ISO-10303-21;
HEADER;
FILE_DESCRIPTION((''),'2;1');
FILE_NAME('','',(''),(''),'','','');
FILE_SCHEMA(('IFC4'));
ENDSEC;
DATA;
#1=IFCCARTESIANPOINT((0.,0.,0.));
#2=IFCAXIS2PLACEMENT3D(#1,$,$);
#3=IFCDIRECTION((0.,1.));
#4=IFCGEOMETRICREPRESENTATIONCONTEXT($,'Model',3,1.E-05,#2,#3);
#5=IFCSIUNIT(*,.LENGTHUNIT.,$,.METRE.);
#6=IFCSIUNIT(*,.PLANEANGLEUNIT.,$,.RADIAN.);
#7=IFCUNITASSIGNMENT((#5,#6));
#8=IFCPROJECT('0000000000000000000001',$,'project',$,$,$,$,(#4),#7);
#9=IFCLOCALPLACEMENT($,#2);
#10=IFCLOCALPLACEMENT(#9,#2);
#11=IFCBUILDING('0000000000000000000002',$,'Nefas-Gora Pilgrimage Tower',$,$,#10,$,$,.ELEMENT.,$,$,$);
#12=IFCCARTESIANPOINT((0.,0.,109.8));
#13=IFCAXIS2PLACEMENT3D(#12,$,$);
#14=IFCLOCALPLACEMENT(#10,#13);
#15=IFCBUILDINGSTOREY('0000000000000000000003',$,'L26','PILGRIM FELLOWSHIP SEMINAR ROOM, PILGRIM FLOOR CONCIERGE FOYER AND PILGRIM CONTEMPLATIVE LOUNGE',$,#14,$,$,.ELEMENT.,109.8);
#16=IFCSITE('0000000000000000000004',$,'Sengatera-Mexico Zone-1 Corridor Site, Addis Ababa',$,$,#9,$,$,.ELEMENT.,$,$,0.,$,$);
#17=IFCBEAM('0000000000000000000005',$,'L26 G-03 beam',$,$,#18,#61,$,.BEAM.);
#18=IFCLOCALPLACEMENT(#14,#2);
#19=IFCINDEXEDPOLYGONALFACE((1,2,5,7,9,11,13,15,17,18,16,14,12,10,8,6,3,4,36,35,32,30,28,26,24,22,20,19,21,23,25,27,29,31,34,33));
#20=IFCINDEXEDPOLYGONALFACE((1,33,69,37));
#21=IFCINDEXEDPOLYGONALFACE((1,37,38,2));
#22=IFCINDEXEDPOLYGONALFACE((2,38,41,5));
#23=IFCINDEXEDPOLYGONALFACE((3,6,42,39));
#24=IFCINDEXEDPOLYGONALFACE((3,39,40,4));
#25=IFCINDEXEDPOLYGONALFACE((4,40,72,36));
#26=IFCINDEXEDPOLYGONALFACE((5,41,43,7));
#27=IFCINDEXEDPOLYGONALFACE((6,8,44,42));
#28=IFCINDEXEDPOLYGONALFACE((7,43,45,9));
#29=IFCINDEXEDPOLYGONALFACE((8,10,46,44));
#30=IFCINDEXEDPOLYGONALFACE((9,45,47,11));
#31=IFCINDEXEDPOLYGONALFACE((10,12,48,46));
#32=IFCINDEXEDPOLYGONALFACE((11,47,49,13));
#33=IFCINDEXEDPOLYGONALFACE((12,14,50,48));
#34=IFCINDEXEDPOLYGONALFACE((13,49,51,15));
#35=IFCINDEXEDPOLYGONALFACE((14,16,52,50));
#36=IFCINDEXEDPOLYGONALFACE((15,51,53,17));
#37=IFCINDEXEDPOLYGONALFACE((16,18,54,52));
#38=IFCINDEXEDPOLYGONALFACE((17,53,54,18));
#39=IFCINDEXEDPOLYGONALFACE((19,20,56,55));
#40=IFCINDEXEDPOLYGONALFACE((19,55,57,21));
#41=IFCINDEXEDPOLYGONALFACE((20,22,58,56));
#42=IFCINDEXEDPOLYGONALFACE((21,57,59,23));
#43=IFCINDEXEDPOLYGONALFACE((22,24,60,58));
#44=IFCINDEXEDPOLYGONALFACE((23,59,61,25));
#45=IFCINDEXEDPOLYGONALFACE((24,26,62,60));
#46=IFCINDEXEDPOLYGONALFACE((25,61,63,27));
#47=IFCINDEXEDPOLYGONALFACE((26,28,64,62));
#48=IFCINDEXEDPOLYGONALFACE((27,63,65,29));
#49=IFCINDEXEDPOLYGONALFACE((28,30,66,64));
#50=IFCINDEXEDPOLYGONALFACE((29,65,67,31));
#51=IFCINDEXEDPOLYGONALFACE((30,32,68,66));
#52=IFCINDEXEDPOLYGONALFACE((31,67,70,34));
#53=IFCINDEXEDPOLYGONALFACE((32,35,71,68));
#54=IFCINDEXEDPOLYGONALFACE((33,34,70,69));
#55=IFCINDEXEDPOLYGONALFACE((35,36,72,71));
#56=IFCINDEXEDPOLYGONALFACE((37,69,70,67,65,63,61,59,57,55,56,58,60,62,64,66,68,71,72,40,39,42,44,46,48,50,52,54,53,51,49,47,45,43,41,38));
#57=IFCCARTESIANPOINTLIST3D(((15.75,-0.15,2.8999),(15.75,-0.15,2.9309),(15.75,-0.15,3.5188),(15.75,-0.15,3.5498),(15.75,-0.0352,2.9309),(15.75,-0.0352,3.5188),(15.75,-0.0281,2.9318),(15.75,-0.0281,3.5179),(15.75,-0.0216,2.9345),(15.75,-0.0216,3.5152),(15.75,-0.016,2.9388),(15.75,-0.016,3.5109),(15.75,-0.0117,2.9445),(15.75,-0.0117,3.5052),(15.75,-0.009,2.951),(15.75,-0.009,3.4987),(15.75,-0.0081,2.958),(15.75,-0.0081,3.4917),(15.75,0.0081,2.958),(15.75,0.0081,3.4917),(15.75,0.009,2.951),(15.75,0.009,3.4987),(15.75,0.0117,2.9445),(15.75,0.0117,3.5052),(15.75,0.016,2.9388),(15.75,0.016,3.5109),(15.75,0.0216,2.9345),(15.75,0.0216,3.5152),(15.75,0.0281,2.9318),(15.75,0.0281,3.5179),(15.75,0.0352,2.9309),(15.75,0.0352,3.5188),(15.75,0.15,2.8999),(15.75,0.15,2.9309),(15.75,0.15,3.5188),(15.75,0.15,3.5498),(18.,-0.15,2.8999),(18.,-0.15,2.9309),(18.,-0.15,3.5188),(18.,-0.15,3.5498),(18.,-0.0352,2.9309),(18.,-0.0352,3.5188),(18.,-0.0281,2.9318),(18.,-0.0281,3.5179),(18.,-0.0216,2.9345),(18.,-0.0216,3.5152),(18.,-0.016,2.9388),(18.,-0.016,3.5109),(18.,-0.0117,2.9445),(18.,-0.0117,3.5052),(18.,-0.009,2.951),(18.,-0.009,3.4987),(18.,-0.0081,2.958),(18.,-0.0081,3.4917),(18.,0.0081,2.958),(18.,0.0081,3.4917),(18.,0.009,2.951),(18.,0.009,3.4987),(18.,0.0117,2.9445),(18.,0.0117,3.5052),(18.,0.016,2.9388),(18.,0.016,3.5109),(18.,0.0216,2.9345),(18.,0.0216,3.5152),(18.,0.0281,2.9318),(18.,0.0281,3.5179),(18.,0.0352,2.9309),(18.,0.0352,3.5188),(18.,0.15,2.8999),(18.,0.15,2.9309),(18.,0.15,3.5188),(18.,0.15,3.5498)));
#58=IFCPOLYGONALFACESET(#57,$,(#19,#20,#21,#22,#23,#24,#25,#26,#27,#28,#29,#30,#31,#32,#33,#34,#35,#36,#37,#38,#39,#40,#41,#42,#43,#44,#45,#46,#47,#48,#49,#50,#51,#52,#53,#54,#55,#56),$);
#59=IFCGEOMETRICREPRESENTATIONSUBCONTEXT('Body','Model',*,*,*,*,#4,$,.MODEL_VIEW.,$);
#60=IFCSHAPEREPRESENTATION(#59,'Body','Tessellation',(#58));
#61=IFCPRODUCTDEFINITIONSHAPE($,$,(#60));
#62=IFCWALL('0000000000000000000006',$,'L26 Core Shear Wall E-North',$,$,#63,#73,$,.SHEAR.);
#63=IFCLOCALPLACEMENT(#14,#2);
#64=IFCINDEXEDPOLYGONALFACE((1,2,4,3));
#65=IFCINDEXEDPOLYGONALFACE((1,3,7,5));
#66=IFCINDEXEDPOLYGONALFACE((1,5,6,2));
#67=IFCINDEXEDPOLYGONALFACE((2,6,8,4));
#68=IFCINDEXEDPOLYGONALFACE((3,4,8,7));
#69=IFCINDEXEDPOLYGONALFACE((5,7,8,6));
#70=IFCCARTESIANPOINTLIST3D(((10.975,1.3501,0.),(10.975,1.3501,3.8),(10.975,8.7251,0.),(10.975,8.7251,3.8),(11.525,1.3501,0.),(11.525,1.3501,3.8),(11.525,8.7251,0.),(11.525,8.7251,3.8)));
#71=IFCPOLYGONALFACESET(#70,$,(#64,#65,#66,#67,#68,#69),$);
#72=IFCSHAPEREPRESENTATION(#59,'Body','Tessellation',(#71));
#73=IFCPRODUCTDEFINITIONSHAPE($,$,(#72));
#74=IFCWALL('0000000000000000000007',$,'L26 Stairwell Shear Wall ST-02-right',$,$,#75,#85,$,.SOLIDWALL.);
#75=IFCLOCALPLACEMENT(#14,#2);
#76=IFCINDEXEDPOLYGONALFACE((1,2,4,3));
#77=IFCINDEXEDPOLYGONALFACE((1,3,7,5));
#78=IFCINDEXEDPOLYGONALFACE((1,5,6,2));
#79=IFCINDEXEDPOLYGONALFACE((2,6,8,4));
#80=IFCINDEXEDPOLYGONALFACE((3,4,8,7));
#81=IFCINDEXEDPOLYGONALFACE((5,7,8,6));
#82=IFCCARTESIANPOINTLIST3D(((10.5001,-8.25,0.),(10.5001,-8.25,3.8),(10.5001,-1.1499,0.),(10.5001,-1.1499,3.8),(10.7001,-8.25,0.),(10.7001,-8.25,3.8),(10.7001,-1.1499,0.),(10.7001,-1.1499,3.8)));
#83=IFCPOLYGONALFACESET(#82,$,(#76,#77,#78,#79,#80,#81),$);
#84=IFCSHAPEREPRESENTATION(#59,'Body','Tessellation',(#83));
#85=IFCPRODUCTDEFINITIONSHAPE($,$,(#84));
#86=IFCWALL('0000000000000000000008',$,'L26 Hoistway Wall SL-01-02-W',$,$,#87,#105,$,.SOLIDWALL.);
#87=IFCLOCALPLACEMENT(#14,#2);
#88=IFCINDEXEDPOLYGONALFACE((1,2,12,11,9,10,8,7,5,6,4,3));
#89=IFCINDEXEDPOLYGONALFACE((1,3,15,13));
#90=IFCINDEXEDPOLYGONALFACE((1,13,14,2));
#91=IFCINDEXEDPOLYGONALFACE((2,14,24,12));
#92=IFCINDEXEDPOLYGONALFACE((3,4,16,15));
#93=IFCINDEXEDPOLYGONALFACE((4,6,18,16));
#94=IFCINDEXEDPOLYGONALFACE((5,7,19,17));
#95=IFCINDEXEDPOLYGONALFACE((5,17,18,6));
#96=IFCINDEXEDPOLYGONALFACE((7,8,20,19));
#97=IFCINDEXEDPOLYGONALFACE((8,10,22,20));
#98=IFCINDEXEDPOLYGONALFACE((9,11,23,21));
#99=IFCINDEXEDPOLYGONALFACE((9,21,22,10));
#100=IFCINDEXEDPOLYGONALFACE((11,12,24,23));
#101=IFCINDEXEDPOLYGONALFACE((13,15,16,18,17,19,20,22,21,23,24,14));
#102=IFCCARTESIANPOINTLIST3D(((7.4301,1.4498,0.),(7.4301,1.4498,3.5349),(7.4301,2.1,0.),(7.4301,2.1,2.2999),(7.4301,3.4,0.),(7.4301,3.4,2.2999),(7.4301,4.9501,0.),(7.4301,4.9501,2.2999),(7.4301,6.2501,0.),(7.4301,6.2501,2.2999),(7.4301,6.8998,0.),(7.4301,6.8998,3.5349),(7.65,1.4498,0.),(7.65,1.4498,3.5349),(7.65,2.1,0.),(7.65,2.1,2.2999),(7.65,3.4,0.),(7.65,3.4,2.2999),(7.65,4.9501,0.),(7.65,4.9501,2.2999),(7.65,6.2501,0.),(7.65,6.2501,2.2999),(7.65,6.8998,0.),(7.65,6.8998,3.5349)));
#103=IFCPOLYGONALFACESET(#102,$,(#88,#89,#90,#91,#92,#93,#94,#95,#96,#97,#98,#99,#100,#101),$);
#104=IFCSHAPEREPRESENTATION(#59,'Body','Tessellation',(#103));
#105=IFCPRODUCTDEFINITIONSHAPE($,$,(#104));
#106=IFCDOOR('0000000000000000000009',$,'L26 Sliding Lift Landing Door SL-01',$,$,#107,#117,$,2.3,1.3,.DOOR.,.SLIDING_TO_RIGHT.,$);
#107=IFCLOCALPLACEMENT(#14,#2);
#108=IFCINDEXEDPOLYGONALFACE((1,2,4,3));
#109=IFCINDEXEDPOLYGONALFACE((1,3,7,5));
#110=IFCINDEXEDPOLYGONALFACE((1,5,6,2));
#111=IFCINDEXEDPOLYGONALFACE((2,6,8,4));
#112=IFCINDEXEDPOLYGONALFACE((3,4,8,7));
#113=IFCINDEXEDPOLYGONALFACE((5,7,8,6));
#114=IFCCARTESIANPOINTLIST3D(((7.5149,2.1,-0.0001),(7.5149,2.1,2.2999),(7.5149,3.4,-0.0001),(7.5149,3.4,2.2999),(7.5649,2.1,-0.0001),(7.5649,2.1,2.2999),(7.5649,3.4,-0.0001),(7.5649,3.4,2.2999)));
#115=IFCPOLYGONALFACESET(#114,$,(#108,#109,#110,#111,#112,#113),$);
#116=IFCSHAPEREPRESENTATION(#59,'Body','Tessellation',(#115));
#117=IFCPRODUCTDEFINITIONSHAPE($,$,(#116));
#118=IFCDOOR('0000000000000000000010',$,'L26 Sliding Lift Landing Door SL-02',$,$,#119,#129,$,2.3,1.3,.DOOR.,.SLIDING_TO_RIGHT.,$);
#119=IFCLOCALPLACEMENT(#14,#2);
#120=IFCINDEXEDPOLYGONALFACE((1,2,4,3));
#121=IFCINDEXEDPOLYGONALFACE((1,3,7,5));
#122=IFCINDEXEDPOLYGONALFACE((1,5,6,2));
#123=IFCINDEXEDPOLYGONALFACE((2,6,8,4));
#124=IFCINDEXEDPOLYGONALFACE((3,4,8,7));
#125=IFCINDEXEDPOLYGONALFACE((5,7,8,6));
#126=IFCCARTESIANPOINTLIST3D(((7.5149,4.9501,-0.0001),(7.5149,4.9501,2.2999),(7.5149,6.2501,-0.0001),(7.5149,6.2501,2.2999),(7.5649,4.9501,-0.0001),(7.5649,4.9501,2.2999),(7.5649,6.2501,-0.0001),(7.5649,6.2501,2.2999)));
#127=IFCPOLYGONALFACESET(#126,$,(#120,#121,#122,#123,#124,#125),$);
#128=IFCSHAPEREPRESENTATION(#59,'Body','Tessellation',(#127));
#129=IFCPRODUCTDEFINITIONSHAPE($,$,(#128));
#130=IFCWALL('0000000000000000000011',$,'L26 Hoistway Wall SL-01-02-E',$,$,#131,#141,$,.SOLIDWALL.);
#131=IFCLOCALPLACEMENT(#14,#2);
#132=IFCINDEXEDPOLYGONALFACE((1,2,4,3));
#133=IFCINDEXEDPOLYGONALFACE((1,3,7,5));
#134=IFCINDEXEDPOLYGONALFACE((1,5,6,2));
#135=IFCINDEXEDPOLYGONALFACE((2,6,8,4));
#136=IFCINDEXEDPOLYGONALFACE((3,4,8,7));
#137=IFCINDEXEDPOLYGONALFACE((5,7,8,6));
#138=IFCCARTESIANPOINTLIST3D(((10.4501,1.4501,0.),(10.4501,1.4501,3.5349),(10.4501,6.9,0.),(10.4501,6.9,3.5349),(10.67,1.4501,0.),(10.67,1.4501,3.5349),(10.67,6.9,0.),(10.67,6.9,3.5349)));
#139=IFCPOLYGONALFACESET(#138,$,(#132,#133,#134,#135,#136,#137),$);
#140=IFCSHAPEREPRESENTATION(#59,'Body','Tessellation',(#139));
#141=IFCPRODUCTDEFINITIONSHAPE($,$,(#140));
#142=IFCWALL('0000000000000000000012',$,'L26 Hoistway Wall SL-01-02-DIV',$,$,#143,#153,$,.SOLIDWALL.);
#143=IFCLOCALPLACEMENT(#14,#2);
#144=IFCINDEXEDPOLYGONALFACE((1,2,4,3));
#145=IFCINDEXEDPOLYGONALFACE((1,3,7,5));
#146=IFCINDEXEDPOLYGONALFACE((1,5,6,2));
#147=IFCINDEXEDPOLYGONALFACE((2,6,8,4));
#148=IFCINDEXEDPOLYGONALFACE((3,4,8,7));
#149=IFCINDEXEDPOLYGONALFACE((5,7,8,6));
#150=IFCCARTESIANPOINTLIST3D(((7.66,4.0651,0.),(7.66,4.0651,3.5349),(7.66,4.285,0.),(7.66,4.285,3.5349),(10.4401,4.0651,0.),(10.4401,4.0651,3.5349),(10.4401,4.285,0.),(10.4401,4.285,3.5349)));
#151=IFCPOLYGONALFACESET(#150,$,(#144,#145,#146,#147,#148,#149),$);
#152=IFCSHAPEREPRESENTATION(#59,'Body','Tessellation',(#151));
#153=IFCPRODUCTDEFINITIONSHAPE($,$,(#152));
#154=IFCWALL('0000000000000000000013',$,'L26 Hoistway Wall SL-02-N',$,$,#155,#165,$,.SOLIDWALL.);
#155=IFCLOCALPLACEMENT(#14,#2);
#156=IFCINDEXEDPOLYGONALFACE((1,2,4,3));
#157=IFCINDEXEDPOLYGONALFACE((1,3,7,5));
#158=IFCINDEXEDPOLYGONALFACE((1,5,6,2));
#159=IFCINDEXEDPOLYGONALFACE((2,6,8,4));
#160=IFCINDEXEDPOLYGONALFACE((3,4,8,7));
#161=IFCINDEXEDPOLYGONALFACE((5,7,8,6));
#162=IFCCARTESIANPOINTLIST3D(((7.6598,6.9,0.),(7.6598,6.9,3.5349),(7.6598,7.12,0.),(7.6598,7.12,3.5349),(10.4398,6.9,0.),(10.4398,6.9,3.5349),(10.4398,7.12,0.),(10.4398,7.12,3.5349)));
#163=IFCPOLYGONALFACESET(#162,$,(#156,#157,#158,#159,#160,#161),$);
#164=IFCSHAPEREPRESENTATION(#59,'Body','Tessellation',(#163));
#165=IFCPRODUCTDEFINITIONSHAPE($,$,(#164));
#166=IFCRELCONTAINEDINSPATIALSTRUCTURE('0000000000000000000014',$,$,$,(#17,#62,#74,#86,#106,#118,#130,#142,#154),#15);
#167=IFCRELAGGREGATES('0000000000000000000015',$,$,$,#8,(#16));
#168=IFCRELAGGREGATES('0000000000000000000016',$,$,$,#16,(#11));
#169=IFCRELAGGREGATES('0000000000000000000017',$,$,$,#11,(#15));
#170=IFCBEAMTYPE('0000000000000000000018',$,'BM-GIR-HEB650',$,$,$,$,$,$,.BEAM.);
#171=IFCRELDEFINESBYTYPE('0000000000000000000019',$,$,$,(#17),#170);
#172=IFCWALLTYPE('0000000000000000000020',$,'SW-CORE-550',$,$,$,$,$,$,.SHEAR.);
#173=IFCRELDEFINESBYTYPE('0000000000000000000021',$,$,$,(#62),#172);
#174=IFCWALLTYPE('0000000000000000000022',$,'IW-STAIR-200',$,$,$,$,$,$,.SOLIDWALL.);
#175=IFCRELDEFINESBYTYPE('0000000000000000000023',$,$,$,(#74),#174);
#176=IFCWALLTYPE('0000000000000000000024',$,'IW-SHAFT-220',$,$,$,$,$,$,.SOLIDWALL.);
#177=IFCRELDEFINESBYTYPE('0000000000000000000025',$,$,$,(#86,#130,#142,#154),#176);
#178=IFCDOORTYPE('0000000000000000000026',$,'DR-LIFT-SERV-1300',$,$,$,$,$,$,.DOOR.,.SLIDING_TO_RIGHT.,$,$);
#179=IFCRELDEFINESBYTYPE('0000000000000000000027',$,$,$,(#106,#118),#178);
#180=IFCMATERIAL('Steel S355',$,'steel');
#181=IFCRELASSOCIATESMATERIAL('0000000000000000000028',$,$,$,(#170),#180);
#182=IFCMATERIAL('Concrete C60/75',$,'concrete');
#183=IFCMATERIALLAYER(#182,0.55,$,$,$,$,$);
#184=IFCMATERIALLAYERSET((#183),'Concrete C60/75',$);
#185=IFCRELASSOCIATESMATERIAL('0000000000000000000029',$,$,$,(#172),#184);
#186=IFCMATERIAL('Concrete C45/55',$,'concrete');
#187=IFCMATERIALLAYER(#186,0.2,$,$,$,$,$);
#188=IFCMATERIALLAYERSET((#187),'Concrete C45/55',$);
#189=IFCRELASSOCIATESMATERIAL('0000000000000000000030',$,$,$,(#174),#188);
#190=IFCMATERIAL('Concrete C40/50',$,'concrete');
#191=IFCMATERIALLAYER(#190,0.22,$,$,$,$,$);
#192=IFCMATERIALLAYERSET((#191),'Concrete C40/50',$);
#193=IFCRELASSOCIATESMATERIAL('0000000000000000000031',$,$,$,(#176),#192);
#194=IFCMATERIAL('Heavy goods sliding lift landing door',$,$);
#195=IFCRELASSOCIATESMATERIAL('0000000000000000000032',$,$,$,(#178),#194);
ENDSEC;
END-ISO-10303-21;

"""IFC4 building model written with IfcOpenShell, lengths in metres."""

from ifc_helpers import new_model, si_unit, direction, frame, frame_2d, origin, origin_2d, place, context, subcontext, project, spatial, rectangle, i_section, extrude, source, transform, mapped, material, layer, layer_set, material_profile, profile_set, type_object, element, fill, save


model = new_model("IFC4")

# Units and contexts
model_context = context("Model", 3, precision=1e-05, world=origin(), true_north=direction((0.0, 1.0)))
body_context = subcontext(model_context, "Body", "Model", "MODEL_VIEW")
ifc_project = project(units=[si_unit("LENGTHUNIT", "METRE"), si_unit("PLANEANGLEUNIT", "RADIAN")], contexts=[model_context])

# Site, building, storey
site_placement = place(None, origin())
site = spatial("IfcSite", under=ifc_project, at=site_placement, Name="Sengatera-Mexico Zone-1 Corridor Site, Addis Ababa", CompositionType="ELEMENT", RefElevation=0.0)
building_placement = place(site_placement, origin())
building = spatial("IfcBuilding", under=site, at=building_placement, Name="Nefas-Gora Pilgrimage Tower", CompositionType="ELEMENT")
storey_placement = place(building_placement, frame((0.0, 0.0, 109.8)))
storey = spatial("IfcBuildingStorey", under=building, at=storey_placement, Name="L26", Description="PILGRIM FELLOWSHIP SEMINAR ROOM, PILGRIM FLOOR CONCIERGE FOYER AND PILGRIM CONTEMPLATIVE LOUNGE", CompositionType="ELEMENT", Elevation=109.8)

# Beam
ifc_material_1 = material(Name="Steel S355", Category="steel")
ifc_material_profile_1 = material_profile(ifc_material_1, i_section(OverallWidth=0.3, OverallDepth=0.6499, WebThickness=0.0161, FlangeThickness=0.031, FilletRadius=0.0271, at=origin_2d()), Name="HEB 650")
ifc_profile_set_1 = profile_set([ifc_material_profile_1], Name="Steel S355")
beam_type = type_object("IfcBeamType", Name="BM-GIR-HEB650", PredefinedType="BEAM", material=ifc_profile_set_1)
shared_shape_1 = source(origin(), body_context, "Body", "SweptSolid", [
    extrude(i_section(OverallWidth=0.3, OverallDepth=0.6499, WebThickness=0.0161, FlangeThickness=0.031, FilletRadius=0.0271, at=origin_2d()), origin(), (0.0, 0.0, 1.0), 2.25),
])
beam_placement = place(storey_placement, frame((15.75, 0.0, 3.2249), z_axis=(1.0, 0.0, 0.0), x_axis=(0.0, 1.0, 0.0)))
element("IfcBeam", 1, at=beam_placement, inside=storey, type_object=beam_type, Name="L26 G-03 beam", PredefinedType="BEAM", context=body_context, shape_type="MappedRepresentation", body=[
    mapped(shared_shape_1, transform((0.0, 0.0, 0.0), x_axis=(1.0, 0.0, 0.0), y_axis=(0.0, 1.0, 0.0), z_axis=(0.0, 0.0, 1.0), scale=1.0)),
])

# Walls
ifc_material_2 = material(Name="Concrete C60/75", Category="concrete")
ifc_layer_1 = layer(ifc_material_2, 0.55)
ifc_layer_set_1 = layer_set([ifc_layer_1], Name="Concrete C60/75")
wall_type_1 = type_object("IfcWallType", Name="SW-CORE-550", PredefinedType="SHEAR", material=ifc_layer_set_1)
shared_shape_2 = source(origin(), body_context, "Body", "SweptSolid", [
    extrude(rectangle(XDim=7.375, YDim=0.55, at=frame_2d((3.6875, 0.0))), origin(), (0.0, 0.0, 1.0), 3.8),
])
wall_1_placement = place(storey_placement, frame((11.25, 1.3501, 0.0), z_axis=(0.0, 0.0, 1.0), x_axis=(0.0, 1.0, 0.0)))
element("IfcWall", 2, at=wall_1_placement, inside=storey, type_object=wall_type_1, Name="L26 Core Shear Wall E-North", PredefinedType="SHEAR", context=body_context, shape_type="MappedRepresentation", body=[
    mapped(shared_shape_2, transform((0.0, 0.0, 0.0), x_axis=(1.0, 0.0, 0.0), y_axis=(0.0, 1.0, 0.0), z_axis=(0.0, 0.0, 1.0), scale=1.0)),
])
ifc_material_3 = material(Name="Concrete C45/55", Category="concrete")
ifc_layer_2 = layer(ifc_material_3, 0.2)
ifc_layer_set_2 = layer_set([ifc_layer_2], Name="Concrete C45/55")
wall_type_2 = type_object("IfcWallType", Name="IW-STAIR-200", PredefinedType="SOLIDWALL", material=ifc_layer_set_2)
shared_shape_3 = source(origin(), body_context, "Body", "SweptSolid", [
    extrude(rectangle(XDim=7.1001, YDim=0.2, at=frame_2d((3.55, 0.0))), origin(), (0.0, 0.0, 1.0), 3.8),
])
wall_2_placement = place(storey_placement, frame((10.6001, -1.1499, 0.0), z_axis=(0.0, 0.0, 1.0), x_axis=(0.0, -1.0, 0.0)))
element("IfcWall", 3, at=wall_2_placement, inside=storey, type_object=wall_type_2, Name="L26 Stairwell Shear Wall ST-02-right", PredefinedType="SOLIDWALL", context=body_context, shape_type="MappedRepresentation", body=[
    mapped(shared_shape_3, transform((0.0, 0.0, 0.0), x_axis=(1.0, 0.0, 0.0), y_axis=(0.0, 1.0, 0.0), z_axis=(0.0, 0.0, 1.0), scale=1.0)),
])

# Wall, openings, doors
ifc_material_4 = material(Name="Concrete C40/50", Category="concrete")
ifc_layer_3 = layer(ifc_material_4, 0.22)
ifc_layer_set_3 = layer_set([ifc_layer_3], Name="Concrete C40/50")
wall_type_3 = type_object("IfcWallType", Name="IW-SHAFT-220", PredefinedType="SOLIDWALL", material=ifc_layer_set_3)
shared_shape_4 = source(origin(), body_context, "Body", "SweptSolid", [
    extrude(rectangle(XDim=5.45, YDim=0.22, at=frame_2d((2.7251, 0.0))), origin(), (0.0, 0.0, 1.0), 3.5349),
])
wall_3_placement = place(storey_placement, frame((7.54, 6.8999, 0.0), z_axis=(0.0, 0.0, 1.0), x_axis=(0.0, -1.0, 0.0)))
wall_3 = element("IfcWall", 4, at=wall_3_placement, inside=storey, type_object=wall_type_3, Name="L26 Hoistway Wall SL-01-02-W", PredefinedType="SOLIDWALL", context=body_context, shape_type="MappedRepresentation", body=[
    mapped(shared_shape_4, transform((0.0, 0.0, 0.0), x_axis=(1.0, 0.0, 0.0), y_axis=(0.0, 1.0, 0.0), z_axis=(0.0, 0.0, 1.0), scale=1.0)),
])
opening_1_placement = place(wall_3_placement, frame((3.5, 0.0, 0.0)))
opening_1 = element("IfcOpeningElement", 5, at=opening_1_placement, cuts=wall_3, PredefinedType="OPENING", context=body_context, shape_type="SweptSolid", body=[
    extrude(rectangle(XDim=1.3, YDim=2.3, at=frame_2d((0.6499, 1.1499))), frame((0.0, 0.1199, 0.0), z_axis=(0.0, -1.0, 0.0), x_axis=(1.0, 0.0, 0.0)), (0.0, 0.0, 1.0), 0.24),
])
opening_2_placement = place(wall_3_placement, frame((0.6499, 0.0, 0.0)))
opening_2 = element("IfcOpeningElement", 6, at=opening_2_placement, cuts=wall_3, PredefinedType="OPENING", context=body_context, shape_type="SweptSolid", body=[
    extrude(rectangle(XDim=1.3, YDim=2.3, at=frame_2d((0.6499, 1.1499))), frame((0.0, 0.1199, 0.0), z_axis=(0.0, -1.0, 0.0), x_axis=(1.0, 0.0, 0.0)), (0.0, 0.0, 1.0), 0.24),
])
ifc_material_5 = material(Name="Heavy goods sliding lift landing door")
door_type_1 = type_object("IfcDoorType", Name="DR-LIFT-SERV-1300", OperationType="SLIDING_TO_RIGHT", PredefinedType="DOOR", material=ifc_material_5)
shared_shape_5 = source(origin(), body_context, "Body", "SweptSolid", [
    extrude(rectangle(XDim=1.3, YDim=2.3, at=frame_2d((0.6499, 1.1499))), frame((0.0, 0.0249, 0.0), z_axis=(0.0, -1.0, 0.0), x_axis=(1.0, 0.0, 0.0)), (0.0, 0.0, 1.0), 0.05),
])
door_1_placement = place(opening_1_placement, origin())
door_1 = element("IfcDoor", 7, at=door_1_placement, inside=storey, type_object=door_type_1, Name="L26 Sliding Lift Landing Door SL-01", OperationType="SLIDING_TO_RIGHT", OverallHeight=2.3, OverallWidth=1.3, PredefinedType="DOOR", context=body_context, shape_type="MappedRepresentation", body=[
    mapped(shared_shape_5, transform((0.0, 0.0, 0.0), x_axis=(1.0, 0.0, 0.0), y_axis=(0.0, 1.0, 0.0), z_axis=(0.0, 0.0, 1.0), scale=1.0)),
])
fill(opening_1, door_1)
door_2_placement = place(opening_2_placement, origin())
door_2 = element("IfcDoor", 8, at=door_2_placement, inside=storey, type_object=door_type_1, Name="L26 Sliding Lift Landing Door SL-02", OperationType="SLIDING_TO_RIGHT", OverallHeight=2.3, OverallWidth=1.3, PredefinedType="DOOR", context=body_context, shape_type="MappedRepresentation", body=[
    mapped(shared_shape_5, transform((0.0, 0.0, 0.0), x_axis=(1.0, 0.0, 0.0), y_axis=(0.0, 1.0, 0.0), z_axis=(0.0, 0.0, 1.0), scale=1.0)),
])
fill(opening_2, door_2)

# Walls
wall_4_placement = place(storey_placement, frame((10.5601, 1.45, 0.0), z_axis=(0.0, 0.0, 1.0), x_axis=(0.0, 1.0, 0.0)))
element("IfcWall", 9, at=wall_4_placement, inside=storey, type_object=wall_type_3, Name="L26 Hoistway Wall SL-01-02-E", PredefinedType="SOLIDWALL", context=body_context, shape_type="MappedRepresentation", body=[
    mapped(shared_shape_4, transform((0.0, 0.0, 0.0), x_axis=(1.0, 0.0, 0.0), y_axis=(0.0, 1.0, 0.0), z_axis=(0.0, 0.0, 1.0), scale=1.0)),
])
shared_shape_6 = source(origin(), body_context, "Body", "SweptSolid", [
    extrude(rectangle(XDim=2.78, YDim=0.22, at=frame_2d((1.3901, 0.0))), origin(), (0.0, 0.0, 1.0), 3.5349),
])
for number, where, z_axis, x_axis, name in (
    (10, (7.6599, 4.175, 0.0), (0.0, 0.0, 1.0), (1.0, 0.0, 0.0), "L26 Hoistway Wall SL-01-02-DIV"),
    (11, (10.4399, 7.01, 0.0), (0.0, 0.0, 1.0), (-1.0, 0.0, 0.0), "L26 Hoistway Wall SL-02-N"),
):
    element("IfcWall", number, at=place(storey_placement, frame(where, z_axis=z_axis, x_axis=x_axis)), inside=storey, type_object=wall_type_3, Name=name, PredefinedType="SOLIDWALL", context=body_context, shape_type="MappedRepresentation", body=[
        mapped(shared_shape_6, transform((0.0, 0.0, 0.0), x_axis=(1.0, 0.0, 0.0), y_axis=(0.0, 1.0, 0.0), z_axis=(0.0, 0.0, 1.0), scale=1.0)),
    ])

save(model, "model.ifc")
